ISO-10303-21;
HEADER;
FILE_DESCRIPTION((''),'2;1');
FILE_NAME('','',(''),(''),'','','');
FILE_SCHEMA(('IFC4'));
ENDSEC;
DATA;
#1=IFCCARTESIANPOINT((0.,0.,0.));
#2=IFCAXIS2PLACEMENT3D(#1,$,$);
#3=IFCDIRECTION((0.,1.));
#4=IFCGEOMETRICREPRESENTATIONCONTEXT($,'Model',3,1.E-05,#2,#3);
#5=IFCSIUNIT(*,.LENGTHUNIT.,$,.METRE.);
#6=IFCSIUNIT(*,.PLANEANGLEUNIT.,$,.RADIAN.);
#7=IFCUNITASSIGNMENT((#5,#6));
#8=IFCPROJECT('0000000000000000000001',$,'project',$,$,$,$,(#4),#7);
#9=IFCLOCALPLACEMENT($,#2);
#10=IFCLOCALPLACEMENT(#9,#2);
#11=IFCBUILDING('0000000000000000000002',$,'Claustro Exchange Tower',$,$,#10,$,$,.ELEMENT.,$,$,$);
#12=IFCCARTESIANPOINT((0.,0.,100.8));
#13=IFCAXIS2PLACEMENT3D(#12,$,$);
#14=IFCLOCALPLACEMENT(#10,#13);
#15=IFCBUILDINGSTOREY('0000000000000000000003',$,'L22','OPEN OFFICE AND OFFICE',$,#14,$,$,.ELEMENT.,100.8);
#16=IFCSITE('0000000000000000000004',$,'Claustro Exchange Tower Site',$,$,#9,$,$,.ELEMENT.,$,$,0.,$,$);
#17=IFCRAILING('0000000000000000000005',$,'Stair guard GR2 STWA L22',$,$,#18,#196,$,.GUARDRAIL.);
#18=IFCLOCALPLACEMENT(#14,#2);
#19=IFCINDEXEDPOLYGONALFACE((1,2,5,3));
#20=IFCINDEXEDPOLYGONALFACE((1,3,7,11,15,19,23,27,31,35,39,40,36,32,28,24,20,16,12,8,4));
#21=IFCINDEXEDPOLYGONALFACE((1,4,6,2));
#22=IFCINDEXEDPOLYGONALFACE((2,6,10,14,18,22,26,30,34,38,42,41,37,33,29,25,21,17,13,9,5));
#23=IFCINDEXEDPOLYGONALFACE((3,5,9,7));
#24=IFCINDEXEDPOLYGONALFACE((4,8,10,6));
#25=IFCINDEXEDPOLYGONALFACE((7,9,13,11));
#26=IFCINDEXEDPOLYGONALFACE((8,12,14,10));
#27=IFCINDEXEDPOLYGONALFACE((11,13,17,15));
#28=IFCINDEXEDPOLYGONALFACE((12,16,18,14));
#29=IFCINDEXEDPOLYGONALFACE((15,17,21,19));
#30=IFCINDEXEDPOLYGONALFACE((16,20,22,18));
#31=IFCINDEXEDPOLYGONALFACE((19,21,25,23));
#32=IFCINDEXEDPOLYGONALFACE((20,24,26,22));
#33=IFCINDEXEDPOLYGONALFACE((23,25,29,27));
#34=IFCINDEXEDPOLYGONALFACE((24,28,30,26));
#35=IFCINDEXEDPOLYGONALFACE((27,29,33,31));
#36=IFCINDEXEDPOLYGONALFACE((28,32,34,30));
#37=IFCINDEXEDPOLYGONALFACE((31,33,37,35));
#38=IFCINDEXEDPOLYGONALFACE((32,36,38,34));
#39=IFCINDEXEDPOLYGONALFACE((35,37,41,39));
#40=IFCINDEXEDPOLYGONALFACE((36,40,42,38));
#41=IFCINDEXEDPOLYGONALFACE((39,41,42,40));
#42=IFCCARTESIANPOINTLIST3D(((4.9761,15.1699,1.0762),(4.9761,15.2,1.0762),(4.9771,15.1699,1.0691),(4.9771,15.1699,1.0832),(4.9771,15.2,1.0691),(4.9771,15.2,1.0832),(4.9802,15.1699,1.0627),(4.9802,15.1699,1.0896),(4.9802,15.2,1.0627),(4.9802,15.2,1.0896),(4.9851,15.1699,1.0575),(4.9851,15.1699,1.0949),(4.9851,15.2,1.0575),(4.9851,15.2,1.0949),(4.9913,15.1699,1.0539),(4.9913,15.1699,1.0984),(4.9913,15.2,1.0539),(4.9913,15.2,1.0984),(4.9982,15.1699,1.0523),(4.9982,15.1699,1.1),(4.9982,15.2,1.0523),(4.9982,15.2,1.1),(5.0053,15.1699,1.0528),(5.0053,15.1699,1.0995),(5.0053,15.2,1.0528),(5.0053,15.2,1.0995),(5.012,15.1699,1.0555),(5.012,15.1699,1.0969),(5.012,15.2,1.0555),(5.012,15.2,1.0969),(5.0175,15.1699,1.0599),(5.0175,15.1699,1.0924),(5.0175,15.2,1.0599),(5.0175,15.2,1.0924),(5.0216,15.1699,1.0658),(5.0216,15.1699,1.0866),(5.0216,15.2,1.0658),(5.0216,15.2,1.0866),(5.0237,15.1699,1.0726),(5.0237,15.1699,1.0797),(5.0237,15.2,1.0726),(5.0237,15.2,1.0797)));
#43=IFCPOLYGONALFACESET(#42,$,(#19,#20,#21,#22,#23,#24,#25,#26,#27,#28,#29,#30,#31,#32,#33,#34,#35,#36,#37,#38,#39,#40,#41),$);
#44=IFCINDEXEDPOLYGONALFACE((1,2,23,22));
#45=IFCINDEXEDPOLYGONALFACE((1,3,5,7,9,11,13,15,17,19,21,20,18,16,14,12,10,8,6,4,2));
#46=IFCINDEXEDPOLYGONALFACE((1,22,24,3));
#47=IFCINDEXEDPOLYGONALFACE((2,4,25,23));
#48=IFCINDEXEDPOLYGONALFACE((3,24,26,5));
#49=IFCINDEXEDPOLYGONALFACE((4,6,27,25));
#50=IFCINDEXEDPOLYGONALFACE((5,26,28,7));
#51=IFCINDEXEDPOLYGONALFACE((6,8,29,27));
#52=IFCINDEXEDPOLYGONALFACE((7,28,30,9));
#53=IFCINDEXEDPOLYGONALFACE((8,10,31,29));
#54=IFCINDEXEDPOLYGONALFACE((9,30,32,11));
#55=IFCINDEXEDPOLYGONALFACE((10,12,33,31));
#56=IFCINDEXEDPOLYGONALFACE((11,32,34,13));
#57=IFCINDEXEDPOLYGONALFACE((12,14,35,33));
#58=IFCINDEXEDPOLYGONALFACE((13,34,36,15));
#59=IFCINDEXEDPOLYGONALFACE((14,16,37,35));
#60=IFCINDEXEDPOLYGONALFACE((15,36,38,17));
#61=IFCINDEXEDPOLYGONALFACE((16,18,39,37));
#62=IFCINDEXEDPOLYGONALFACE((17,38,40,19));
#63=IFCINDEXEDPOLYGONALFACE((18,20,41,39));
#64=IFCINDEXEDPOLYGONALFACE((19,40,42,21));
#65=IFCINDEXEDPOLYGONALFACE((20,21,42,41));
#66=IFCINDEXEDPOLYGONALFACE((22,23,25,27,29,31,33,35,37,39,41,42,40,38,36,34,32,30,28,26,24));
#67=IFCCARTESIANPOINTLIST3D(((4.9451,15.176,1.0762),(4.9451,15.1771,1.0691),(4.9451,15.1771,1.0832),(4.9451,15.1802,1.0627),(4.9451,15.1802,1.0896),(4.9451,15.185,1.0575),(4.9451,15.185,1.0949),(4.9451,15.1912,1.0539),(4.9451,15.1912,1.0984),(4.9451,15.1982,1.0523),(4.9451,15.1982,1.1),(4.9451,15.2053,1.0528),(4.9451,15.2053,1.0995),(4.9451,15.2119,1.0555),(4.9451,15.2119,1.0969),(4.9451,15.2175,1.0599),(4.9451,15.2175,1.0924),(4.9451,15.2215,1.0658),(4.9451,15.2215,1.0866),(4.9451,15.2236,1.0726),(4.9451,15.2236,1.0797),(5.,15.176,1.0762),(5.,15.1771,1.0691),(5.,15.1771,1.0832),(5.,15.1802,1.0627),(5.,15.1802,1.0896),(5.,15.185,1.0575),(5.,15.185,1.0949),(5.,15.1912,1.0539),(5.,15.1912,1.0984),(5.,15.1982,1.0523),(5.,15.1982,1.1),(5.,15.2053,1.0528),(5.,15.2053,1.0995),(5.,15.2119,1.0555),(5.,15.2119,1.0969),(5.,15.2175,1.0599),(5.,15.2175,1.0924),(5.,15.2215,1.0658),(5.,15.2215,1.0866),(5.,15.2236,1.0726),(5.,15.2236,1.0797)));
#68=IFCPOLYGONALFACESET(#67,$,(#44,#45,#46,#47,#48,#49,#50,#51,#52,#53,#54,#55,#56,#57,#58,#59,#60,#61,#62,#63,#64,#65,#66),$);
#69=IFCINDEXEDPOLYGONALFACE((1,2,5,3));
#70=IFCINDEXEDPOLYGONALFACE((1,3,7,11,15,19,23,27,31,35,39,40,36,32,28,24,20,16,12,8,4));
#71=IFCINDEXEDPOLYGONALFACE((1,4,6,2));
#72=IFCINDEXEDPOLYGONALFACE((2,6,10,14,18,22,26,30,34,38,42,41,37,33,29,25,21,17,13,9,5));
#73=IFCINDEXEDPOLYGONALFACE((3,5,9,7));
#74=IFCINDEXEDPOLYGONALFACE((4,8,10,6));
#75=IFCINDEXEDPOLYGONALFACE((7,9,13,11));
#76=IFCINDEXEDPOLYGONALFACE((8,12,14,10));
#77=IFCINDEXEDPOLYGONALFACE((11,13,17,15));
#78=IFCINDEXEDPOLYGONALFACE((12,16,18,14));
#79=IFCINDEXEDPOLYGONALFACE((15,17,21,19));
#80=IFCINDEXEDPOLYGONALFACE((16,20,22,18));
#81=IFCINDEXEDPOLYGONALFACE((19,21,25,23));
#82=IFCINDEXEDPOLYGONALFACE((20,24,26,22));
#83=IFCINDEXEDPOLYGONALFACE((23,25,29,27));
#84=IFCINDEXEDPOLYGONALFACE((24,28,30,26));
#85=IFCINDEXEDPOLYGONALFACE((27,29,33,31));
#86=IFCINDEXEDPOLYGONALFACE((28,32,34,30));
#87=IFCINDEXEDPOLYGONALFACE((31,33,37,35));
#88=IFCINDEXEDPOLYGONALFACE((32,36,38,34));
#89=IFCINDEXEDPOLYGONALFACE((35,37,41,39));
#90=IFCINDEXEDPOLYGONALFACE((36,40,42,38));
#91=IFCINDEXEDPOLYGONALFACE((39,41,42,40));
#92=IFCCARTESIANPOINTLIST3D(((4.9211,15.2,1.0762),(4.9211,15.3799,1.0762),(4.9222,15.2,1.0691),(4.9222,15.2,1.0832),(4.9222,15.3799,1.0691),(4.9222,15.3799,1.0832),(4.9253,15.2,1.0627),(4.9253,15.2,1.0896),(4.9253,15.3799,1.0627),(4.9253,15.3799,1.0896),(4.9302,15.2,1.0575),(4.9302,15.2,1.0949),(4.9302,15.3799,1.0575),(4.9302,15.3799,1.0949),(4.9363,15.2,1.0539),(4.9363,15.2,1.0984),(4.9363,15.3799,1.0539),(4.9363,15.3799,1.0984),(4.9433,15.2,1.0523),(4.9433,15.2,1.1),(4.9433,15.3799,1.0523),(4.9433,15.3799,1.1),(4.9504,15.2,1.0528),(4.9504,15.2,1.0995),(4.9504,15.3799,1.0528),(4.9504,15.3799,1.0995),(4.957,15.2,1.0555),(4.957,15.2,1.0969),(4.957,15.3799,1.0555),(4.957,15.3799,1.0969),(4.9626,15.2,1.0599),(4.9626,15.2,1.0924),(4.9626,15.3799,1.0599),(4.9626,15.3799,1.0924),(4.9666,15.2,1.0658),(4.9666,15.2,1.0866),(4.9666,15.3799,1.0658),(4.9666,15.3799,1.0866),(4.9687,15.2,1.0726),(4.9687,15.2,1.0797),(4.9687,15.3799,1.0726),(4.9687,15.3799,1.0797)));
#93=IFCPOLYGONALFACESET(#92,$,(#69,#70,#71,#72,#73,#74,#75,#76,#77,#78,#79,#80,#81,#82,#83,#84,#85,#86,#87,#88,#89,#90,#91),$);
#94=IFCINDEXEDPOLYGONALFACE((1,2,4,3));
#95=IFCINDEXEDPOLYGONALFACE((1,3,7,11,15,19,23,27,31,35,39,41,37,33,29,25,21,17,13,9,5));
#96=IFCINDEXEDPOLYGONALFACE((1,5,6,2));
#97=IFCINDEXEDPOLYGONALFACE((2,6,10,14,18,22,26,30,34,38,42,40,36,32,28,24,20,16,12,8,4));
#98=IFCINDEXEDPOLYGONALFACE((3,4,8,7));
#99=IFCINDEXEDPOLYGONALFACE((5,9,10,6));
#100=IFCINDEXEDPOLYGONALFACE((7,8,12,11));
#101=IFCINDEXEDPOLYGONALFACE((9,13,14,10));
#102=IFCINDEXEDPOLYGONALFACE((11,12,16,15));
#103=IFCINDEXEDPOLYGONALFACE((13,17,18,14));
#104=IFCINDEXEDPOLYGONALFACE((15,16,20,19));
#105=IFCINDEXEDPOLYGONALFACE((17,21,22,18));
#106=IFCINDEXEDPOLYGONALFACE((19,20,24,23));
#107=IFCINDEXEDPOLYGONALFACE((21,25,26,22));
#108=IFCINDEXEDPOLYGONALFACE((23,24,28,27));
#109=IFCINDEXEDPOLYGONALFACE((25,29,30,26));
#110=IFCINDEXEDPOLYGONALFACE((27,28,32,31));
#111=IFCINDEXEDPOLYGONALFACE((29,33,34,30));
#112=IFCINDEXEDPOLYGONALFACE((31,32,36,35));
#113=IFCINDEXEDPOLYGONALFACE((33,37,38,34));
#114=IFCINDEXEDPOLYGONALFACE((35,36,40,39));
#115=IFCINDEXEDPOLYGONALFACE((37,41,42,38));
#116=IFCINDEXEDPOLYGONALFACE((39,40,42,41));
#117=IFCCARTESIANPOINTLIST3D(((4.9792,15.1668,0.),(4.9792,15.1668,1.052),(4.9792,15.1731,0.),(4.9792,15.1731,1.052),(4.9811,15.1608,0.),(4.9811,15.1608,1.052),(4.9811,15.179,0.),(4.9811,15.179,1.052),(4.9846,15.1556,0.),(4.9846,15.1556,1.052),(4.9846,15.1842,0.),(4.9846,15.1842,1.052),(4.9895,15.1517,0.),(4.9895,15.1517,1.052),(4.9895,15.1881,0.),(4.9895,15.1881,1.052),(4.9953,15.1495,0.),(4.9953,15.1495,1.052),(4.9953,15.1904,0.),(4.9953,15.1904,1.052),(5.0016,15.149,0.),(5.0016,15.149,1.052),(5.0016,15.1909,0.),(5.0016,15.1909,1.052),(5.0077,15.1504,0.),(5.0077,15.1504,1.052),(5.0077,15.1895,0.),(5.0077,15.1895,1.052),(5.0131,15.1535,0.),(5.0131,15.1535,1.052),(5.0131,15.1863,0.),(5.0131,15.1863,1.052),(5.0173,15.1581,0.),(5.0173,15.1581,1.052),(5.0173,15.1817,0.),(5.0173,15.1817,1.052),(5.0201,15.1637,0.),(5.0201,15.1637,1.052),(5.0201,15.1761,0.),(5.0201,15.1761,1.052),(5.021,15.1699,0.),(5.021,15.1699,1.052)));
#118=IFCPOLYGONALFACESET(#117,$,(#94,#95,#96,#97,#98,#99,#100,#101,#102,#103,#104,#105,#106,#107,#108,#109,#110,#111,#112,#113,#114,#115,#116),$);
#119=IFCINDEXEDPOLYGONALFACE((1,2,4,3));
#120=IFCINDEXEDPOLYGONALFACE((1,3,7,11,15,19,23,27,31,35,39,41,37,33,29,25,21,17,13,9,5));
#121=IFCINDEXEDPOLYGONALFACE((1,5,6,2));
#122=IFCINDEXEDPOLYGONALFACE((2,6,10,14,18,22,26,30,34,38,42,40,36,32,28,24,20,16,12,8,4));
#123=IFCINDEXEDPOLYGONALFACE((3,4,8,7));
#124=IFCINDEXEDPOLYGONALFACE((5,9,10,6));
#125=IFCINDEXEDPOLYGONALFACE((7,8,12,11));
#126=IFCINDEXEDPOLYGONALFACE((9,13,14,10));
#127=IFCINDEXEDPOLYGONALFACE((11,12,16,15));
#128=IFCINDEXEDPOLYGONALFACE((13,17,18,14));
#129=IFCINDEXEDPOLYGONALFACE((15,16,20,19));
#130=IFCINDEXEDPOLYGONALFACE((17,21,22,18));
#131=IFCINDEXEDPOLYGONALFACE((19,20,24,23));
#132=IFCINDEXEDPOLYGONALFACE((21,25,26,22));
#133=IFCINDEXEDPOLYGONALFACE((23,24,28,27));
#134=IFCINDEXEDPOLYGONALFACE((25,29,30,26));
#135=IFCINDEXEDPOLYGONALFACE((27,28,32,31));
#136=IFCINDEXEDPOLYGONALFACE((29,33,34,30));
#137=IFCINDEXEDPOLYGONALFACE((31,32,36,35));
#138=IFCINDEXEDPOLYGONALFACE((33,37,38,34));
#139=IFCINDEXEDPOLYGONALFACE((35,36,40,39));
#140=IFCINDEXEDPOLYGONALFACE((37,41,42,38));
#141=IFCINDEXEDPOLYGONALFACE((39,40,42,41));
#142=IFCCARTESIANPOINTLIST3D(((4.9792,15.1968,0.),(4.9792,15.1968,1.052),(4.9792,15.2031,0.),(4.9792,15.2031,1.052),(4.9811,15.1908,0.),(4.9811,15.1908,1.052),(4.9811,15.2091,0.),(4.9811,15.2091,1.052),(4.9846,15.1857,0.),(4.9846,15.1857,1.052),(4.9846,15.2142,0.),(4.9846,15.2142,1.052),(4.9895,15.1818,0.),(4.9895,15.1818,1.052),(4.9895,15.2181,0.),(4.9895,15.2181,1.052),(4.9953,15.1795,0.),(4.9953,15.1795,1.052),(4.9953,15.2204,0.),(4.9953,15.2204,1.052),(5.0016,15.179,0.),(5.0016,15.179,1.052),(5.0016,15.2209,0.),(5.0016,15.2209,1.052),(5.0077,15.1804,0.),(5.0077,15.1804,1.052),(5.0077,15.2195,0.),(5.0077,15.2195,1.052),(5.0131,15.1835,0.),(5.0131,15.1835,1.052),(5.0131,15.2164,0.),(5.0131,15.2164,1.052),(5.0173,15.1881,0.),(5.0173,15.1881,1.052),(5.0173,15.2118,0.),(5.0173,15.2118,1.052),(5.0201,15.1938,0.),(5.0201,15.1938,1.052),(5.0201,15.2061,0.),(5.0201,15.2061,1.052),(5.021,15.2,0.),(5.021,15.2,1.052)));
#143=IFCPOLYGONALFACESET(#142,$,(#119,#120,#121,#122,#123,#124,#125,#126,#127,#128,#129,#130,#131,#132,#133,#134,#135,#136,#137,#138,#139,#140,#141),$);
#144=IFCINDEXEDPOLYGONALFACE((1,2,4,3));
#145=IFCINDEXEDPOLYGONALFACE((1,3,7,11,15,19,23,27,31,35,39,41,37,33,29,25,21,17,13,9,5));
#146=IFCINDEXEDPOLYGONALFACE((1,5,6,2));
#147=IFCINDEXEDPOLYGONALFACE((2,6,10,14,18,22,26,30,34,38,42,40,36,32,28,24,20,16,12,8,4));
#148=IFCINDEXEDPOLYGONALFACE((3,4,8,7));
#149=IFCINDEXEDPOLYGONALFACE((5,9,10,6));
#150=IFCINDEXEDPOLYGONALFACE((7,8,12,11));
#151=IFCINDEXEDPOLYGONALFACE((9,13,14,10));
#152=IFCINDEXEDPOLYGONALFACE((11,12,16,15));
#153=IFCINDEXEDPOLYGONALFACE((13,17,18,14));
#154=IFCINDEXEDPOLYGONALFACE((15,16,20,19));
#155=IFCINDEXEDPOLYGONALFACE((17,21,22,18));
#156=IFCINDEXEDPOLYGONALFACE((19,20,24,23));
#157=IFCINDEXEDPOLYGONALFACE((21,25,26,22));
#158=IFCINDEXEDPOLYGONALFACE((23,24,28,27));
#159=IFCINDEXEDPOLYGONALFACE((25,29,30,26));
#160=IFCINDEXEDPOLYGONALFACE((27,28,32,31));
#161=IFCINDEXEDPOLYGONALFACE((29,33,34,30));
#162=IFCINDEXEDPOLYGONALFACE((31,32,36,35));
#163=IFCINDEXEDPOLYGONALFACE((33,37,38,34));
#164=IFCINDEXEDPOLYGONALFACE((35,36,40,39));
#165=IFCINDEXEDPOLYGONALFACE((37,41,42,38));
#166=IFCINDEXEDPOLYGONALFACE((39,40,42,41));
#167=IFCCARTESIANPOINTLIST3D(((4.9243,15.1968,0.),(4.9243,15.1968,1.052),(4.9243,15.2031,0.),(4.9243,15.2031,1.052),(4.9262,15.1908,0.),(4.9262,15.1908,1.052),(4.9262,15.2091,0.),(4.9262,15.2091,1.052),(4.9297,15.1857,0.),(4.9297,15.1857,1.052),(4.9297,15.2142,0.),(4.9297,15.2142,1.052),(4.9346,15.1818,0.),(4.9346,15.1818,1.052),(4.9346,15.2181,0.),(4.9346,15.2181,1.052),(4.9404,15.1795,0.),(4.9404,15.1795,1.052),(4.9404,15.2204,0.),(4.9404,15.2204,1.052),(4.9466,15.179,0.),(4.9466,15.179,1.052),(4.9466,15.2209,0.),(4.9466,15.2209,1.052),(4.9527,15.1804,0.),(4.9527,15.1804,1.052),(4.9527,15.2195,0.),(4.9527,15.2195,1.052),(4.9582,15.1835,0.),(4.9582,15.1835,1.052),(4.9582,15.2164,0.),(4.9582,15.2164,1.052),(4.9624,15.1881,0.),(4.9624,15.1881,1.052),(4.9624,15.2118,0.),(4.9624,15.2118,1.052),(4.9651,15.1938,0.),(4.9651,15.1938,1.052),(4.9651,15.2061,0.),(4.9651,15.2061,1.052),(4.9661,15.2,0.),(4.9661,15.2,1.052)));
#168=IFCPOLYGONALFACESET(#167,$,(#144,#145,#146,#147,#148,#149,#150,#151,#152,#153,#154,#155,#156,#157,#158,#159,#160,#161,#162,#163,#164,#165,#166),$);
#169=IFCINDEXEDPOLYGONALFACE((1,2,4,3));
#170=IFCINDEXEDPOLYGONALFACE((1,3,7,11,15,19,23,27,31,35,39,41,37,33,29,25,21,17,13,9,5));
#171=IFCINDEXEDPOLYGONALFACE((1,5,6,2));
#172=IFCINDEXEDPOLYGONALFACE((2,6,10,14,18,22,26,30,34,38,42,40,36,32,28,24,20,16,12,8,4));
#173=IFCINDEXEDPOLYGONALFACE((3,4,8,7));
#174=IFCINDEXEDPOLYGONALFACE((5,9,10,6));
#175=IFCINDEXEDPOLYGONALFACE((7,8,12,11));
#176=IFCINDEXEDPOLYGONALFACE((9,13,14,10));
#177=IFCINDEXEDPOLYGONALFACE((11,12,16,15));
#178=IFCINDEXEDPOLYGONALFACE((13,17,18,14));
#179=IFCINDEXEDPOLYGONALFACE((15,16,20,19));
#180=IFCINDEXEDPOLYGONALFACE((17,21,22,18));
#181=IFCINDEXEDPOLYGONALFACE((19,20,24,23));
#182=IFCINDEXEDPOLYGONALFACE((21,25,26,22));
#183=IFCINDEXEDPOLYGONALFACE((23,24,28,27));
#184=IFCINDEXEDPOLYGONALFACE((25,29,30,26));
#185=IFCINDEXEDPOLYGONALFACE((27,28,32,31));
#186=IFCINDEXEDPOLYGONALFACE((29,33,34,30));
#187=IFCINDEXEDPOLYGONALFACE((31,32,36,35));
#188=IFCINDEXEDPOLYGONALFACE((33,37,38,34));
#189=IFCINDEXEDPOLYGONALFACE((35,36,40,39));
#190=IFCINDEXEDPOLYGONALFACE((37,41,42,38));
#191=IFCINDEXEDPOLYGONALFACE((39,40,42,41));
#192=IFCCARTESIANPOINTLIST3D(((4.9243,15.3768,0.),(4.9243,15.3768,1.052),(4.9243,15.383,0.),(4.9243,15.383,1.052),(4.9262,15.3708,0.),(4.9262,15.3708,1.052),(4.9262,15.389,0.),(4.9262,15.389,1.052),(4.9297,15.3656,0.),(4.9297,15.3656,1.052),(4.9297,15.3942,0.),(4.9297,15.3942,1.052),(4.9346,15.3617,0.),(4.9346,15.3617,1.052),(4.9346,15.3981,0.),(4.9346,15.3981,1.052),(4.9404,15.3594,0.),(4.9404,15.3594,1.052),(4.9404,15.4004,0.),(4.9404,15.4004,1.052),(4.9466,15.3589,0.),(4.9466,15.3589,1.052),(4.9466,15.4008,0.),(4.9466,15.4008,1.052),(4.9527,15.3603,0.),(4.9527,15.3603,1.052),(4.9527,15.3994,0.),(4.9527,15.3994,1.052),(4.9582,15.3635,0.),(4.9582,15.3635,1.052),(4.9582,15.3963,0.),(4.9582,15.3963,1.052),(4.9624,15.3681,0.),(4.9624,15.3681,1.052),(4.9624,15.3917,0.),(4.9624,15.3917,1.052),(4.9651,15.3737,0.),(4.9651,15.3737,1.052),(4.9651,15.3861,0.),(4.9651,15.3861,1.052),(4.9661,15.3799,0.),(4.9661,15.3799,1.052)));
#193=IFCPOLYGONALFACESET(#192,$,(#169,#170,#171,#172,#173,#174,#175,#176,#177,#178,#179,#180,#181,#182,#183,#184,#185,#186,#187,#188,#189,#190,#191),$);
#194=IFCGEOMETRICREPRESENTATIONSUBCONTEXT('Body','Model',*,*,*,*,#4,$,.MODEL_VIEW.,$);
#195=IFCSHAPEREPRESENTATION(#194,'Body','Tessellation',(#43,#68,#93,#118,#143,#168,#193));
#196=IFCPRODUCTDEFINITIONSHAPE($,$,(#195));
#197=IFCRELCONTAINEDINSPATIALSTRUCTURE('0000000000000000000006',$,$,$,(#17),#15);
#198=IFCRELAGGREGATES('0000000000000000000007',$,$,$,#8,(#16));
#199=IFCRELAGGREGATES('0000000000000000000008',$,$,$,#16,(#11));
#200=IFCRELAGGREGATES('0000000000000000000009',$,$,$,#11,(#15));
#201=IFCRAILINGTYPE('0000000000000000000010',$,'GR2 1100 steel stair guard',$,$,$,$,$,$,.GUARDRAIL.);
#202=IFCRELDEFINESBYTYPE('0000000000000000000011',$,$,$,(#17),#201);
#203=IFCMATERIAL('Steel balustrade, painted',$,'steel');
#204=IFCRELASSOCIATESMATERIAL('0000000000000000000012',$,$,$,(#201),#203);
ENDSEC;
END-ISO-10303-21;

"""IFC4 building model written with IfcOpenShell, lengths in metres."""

from ifc_helpers import new_model, si_unit, direction, frame, origin, origin_2d, place, context, subcontext, project, spatial, circle, extrude, material, type_object, element, save


model = new_model("IFC4")

# Units and contexts
model_context = context("Model", 3, precision=1e-05, world=origin(), true_north=direction((0.0, 1.0)))
body_context = subcontext(model_context, "Body", "Model", "MODEL_VIEW")
ifc_project = project(units=[si_unit("LENGTHUNIT", "METRE"), si_unit("PLANEANGLEUNIT", "RADIAN")], contexts=[model_context])

# Site, building, storey
site_placement = place(None, origin())
site = spatial("IfcSite", under=ifc_project, at=site_placement, Name="Claustro Exchange Tower Site", CompositionType="ELEMENT", RefElevation=0.0)
building_placement = place(site_placement, origin())
building = spatial("IfcBuilding", under=site, at=building_placement, Name="Claustro Exchange Tower", CompositionType="ELEMENT")
storey_placement = place(building_placement, frame((0.0, 0.0, 100.8)))
storey = spatial("IfcBuildingStorey", under=building, at=storey_placement, Name="L22", Description="OPEN OFFICE AND OFFICE", CompositionType="ELEMENT", Elevation=100.8)

# Railing
ifc_material_1 = material(Name="Steel balustrade, painted", Category="steel")
railing_type_1 = type_object("IfcRailingType", Name="GR2 1100 steel stair guard", PredefinedType="GUARDRAIL", material=ifc_material_1)
railing_1_placement = place(storey_placement, frame((5.0, 15.1699, 0.0)))
element("IfcRailing", 1, at=railing_1_placement, inside=storey, type_object=railing_type_1, Name="Stair guard GR2 STWA L22", PredefinedType="GUARDRAIL", context=body_context, shape_type="SweptSolid", body=[
    extrude(circle(Radius=0.0239, at=origin_2d()), frame((0.0, 0.0, 1.0762), z_axis=(0.0, 1.0, 0.0), x_axis=(-1.0, 0.0, 0.0)), (0.0, 0.0, 1.0), 0.03),
    extrude(circle(Radius=0.0239, at=origin_2d()), frame((0.0, 0.03, 1.0762), z_axis=(-1.0, 0.0, 0.0), x_axis=(0.0, -1.0, 0.0)), (0.0, 0.0, 1.0), 0.0549),
    extrude(circle(Radius=0.0239, at=origin_2d()), frame((-0.0549, 0.03, 1.0762), z_axis=(0.0, 1.0, 0.0), x_axis=(-1.0, 0.0, 0.0)), (0.0, 0.0, 1.0), 0.1799),
    extrude(circle(Radius=0.021, at=origin_2d()), origin(), (0.0, 0.0, 1.0), 1.052),
    extrude(circle(Radius=0.021, at=origin_2d()), frame((0.0, 0.03, 0.0)), (0.0, 0.0, 1.0), 1.052),
    extrude(circle(Radius=0.021, at=origin_2d()), frame((-0.0549, 0.03, 0.0)), (0.0, 0.0, 1.0), 1.052),
    extrude(circle(Radius=0.021, at=origin_2d()), frame((-0.0549, 0.21, 0.0)), (0.0, 0.0, 1.0), 1.052),
])

save(model, "model.ifc")
